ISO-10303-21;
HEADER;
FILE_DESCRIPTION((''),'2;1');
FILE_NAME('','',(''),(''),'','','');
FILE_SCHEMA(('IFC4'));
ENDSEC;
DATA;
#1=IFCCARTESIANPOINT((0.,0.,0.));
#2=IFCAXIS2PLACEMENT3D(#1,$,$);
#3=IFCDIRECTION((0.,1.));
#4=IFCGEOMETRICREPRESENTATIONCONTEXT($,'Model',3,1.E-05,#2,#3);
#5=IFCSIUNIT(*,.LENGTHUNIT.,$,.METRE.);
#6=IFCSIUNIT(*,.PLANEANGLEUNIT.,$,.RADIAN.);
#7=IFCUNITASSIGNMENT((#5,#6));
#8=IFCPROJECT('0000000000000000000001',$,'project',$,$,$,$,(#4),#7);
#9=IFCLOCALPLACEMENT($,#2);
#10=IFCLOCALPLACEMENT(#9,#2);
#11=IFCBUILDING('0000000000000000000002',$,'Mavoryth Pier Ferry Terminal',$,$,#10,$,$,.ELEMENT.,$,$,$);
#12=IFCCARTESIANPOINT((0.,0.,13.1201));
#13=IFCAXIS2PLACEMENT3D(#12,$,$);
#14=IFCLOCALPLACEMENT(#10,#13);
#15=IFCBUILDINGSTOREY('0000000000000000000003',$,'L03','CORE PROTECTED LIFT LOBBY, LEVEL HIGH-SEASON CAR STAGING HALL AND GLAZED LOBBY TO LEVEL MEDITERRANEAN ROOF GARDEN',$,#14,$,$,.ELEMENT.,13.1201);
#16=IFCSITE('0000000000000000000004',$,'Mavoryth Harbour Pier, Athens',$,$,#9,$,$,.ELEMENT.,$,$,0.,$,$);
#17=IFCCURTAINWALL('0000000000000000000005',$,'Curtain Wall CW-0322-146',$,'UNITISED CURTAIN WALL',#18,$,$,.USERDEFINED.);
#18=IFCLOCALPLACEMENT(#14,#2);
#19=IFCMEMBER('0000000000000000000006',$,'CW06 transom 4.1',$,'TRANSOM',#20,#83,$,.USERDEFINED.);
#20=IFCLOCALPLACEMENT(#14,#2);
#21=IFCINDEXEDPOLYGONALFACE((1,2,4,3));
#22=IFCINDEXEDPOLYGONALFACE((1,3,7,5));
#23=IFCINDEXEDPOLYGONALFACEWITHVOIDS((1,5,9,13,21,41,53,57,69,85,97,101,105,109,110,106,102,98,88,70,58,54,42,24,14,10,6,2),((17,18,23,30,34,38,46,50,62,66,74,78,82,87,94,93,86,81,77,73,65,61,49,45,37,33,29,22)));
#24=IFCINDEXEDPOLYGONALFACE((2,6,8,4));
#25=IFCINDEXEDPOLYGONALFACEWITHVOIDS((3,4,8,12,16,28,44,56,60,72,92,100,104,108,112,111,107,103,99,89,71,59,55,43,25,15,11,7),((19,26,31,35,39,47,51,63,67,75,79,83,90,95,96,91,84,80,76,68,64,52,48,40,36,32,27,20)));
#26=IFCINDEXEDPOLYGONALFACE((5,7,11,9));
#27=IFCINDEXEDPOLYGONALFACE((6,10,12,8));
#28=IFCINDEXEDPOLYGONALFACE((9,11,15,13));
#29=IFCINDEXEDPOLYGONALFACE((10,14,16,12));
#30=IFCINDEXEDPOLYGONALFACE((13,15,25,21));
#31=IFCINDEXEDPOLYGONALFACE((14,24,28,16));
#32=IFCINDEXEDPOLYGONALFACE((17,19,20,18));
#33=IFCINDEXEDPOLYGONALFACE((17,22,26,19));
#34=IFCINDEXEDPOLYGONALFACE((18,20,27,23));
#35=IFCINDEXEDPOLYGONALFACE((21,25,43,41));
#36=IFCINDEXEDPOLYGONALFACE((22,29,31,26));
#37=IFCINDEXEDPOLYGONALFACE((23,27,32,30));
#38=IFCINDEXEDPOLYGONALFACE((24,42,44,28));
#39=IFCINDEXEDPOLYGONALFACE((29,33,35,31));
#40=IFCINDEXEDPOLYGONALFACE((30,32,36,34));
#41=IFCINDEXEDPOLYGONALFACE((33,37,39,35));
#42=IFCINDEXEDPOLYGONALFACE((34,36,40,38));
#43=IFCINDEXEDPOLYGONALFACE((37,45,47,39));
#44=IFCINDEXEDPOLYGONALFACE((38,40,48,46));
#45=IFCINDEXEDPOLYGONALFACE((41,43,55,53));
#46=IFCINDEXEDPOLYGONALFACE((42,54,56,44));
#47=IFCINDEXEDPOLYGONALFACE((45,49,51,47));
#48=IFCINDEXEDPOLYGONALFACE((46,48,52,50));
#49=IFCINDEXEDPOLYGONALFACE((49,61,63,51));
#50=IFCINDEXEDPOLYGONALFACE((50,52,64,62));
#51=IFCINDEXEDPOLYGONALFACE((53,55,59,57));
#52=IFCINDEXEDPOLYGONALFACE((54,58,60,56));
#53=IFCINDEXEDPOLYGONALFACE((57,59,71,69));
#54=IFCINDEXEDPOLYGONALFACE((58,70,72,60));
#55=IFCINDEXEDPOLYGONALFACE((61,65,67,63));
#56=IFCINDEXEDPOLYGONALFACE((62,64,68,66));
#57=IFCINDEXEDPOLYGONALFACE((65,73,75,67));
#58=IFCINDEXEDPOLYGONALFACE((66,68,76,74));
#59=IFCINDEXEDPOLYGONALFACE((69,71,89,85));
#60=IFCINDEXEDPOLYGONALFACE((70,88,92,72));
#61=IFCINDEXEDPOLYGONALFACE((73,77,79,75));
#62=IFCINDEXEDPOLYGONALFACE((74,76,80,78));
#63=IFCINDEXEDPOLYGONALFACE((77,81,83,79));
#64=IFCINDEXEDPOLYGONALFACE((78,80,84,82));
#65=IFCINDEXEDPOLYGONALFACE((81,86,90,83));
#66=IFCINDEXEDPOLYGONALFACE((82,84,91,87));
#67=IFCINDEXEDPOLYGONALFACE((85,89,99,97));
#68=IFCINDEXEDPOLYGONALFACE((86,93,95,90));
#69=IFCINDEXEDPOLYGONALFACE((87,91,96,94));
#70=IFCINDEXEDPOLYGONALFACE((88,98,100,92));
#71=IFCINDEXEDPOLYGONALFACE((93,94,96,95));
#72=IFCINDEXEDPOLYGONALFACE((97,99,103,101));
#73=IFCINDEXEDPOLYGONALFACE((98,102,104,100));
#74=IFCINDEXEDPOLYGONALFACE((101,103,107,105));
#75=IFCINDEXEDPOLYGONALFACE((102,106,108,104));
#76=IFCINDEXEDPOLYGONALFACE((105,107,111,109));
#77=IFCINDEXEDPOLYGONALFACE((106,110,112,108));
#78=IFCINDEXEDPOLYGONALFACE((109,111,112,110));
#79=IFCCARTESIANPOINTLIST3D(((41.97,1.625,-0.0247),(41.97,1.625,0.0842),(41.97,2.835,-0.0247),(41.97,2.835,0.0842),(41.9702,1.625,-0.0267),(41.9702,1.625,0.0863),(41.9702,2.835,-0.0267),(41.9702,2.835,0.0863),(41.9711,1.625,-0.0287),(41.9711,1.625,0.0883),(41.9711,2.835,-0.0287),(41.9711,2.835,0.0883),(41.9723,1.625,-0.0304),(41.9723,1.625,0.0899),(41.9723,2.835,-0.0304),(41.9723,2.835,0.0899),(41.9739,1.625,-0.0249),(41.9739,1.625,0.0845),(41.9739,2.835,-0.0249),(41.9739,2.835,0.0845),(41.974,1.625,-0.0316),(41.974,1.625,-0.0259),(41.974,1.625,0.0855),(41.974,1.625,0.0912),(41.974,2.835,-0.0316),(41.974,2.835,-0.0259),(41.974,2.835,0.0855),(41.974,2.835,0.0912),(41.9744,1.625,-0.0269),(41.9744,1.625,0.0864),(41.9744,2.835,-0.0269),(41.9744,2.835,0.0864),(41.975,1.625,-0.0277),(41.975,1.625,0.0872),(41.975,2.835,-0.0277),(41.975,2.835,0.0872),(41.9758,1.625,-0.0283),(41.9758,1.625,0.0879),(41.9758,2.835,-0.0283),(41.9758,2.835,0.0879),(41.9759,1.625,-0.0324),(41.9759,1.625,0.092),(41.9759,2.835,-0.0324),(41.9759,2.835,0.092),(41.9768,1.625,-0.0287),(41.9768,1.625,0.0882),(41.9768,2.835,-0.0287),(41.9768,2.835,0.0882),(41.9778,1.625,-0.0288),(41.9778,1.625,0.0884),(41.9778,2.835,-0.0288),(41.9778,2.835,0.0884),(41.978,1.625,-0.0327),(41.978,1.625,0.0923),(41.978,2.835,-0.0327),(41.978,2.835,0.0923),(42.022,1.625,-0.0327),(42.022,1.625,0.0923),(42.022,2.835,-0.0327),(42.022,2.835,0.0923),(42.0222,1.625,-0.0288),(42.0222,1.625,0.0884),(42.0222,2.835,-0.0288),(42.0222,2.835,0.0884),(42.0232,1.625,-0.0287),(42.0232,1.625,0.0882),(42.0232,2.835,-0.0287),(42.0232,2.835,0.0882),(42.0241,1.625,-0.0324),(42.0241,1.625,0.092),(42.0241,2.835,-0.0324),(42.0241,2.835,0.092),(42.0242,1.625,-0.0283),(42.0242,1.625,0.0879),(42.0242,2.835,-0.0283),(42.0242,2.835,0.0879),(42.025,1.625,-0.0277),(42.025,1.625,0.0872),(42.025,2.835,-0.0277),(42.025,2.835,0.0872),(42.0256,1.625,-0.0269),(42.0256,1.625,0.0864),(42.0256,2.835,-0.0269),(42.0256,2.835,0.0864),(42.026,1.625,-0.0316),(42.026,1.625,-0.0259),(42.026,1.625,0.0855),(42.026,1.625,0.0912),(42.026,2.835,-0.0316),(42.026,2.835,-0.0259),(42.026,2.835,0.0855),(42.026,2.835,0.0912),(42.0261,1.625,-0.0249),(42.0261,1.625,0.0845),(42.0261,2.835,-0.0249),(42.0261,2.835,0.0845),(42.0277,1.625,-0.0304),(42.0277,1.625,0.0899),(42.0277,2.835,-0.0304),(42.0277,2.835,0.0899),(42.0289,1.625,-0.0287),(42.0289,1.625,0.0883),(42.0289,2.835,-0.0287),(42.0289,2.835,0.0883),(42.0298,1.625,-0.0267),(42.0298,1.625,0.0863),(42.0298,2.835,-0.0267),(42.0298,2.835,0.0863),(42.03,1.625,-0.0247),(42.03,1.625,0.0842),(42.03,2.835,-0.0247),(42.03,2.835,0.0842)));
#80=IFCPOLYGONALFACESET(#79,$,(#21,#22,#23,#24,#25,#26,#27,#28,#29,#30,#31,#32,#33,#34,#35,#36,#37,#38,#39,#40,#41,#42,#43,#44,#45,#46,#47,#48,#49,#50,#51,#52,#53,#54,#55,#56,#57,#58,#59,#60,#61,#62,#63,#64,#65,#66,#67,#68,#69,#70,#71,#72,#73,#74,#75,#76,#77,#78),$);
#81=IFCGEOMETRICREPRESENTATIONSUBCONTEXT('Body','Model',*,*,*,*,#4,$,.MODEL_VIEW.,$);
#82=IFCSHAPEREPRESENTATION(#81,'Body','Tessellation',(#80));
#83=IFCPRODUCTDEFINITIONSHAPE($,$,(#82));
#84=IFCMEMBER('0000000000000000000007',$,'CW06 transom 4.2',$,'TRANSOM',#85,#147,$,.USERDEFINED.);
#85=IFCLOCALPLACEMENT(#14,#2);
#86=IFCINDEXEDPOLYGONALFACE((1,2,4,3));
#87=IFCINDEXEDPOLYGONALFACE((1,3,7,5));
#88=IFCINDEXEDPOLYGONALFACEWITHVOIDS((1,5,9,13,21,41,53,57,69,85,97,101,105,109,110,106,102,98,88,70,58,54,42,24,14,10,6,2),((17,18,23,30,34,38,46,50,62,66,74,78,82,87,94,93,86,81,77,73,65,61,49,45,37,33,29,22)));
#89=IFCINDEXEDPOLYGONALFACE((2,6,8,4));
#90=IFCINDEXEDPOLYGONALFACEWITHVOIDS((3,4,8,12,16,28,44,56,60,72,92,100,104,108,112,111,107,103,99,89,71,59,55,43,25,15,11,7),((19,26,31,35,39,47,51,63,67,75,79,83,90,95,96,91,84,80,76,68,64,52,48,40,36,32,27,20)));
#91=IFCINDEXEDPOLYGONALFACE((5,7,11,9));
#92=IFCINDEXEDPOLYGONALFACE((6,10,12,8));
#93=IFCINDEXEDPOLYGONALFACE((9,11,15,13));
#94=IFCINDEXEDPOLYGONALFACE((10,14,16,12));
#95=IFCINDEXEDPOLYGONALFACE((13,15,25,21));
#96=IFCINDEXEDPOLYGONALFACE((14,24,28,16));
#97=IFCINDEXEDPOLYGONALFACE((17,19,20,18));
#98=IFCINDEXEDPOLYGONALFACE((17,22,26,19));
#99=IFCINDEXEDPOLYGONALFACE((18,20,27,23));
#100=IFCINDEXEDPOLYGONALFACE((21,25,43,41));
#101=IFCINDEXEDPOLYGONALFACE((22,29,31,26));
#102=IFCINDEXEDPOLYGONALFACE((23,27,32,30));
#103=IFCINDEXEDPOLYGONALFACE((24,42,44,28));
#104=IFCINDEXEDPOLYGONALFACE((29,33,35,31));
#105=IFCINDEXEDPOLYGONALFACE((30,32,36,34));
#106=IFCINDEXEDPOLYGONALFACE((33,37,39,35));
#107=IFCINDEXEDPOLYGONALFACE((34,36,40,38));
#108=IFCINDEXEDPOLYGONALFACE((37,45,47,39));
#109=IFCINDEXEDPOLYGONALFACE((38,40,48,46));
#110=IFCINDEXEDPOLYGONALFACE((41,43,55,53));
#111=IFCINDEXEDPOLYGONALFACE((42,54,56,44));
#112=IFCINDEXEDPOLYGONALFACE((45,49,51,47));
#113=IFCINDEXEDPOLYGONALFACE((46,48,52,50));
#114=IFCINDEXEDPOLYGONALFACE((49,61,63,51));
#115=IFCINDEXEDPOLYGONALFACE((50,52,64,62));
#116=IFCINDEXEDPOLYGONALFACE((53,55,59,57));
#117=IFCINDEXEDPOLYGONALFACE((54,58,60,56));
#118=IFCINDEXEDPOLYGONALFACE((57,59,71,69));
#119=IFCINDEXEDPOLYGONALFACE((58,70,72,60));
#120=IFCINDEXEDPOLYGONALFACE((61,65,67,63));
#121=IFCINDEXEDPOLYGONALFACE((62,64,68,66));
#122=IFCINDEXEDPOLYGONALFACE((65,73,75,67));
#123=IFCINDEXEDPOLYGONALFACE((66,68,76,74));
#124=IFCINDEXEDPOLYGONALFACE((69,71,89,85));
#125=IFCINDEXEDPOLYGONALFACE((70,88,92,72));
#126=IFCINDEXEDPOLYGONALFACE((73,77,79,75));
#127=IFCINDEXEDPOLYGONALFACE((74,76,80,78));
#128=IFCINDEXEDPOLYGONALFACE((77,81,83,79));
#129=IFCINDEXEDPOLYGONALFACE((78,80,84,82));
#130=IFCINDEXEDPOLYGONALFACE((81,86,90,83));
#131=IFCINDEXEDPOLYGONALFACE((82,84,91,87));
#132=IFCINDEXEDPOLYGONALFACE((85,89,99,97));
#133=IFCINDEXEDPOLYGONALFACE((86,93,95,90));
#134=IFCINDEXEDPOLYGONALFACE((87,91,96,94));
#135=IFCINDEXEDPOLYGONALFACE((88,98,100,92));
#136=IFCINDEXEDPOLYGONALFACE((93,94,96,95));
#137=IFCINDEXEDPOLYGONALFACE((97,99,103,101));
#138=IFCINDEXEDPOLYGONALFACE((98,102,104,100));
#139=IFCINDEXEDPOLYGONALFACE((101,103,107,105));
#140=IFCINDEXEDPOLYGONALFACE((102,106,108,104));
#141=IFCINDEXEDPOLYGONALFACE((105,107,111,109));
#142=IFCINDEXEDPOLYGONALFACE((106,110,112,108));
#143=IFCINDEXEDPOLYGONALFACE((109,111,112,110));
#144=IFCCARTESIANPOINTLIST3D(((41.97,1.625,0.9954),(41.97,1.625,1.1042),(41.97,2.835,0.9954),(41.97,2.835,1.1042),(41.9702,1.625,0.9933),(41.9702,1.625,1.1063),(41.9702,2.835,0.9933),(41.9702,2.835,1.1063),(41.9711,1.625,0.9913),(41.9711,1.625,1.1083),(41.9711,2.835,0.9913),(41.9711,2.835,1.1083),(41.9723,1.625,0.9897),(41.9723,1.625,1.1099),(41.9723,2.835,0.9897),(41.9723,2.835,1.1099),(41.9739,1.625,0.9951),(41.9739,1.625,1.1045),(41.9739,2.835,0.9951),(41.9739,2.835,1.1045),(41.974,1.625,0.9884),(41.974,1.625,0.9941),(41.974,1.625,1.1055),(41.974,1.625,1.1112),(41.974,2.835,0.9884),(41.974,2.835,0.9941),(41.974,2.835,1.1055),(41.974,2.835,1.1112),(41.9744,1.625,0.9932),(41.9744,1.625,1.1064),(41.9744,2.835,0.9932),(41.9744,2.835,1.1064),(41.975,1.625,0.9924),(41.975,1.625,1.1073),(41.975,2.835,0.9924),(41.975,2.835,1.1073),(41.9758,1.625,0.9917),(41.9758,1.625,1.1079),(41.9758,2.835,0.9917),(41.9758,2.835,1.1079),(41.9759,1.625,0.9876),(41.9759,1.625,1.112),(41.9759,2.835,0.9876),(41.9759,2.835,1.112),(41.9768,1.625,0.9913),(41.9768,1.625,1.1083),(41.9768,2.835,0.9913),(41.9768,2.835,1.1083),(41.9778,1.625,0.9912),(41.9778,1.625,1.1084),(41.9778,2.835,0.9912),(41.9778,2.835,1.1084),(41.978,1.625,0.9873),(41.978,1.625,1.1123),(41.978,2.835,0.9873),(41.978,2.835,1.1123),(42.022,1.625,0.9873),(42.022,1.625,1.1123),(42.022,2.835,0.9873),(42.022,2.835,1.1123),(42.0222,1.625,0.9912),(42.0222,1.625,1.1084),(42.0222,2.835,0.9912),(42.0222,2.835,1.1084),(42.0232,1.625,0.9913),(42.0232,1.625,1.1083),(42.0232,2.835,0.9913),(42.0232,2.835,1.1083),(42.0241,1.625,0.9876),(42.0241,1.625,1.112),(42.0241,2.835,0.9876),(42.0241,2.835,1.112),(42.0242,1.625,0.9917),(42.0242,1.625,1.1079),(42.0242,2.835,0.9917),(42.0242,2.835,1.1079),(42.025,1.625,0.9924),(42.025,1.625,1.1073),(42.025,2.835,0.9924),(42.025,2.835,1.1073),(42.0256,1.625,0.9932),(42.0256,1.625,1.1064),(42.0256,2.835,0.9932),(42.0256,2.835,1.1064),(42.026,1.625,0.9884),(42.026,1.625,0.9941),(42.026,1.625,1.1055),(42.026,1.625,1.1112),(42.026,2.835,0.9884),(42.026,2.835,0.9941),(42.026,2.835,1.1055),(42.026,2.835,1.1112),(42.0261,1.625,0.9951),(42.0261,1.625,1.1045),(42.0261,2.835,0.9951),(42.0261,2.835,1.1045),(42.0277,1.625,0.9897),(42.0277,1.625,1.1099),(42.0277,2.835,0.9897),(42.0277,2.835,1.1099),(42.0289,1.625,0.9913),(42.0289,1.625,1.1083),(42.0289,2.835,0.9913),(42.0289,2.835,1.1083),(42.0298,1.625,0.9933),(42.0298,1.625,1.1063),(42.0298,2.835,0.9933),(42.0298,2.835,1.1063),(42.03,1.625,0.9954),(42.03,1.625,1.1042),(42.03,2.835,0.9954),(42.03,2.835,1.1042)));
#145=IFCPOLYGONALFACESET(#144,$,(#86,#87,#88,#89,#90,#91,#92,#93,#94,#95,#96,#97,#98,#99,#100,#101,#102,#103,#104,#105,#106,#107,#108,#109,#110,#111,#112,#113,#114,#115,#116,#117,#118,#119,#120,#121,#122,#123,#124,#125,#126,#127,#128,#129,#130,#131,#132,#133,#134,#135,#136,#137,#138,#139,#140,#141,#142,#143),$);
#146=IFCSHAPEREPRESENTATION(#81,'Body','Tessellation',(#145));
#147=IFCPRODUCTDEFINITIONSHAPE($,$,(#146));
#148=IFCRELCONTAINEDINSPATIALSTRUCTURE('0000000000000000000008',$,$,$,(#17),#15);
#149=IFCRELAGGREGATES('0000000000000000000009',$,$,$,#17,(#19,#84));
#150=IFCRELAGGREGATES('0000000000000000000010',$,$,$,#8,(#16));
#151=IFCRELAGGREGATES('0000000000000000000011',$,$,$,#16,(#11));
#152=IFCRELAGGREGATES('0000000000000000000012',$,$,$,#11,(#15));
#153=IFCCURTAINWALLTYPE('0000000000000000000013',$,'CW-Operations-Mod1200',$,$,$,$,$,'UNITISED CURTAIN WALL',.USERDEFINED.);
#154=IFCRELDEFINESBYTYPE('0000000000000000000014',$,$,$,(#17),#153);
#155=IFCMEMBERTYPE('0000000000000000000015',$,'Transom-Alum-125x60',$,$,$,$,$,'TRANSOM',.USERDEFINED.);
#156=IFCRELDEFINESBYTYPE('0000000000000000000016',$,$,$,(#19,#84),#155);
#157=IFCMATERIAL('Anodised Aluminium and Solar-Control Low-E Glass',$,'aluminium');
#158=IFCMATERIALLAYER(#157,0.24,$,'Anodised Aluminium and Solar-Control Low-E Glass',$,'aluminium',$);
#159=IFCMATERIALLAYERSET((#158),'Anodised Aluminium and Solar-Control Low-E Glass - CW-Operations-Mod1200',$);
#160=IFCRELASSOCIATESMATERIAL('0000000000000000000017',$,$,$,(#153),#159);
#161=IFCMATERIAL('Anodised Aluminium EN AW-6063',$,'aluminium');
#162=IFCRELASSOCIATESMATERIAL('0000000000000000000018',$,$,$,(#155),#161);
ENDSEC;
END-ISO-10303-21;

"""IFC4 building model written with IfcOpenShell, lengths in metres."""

from ifc_helpers import new_model, si_unit, direction, frame, origin, origin_2d, place, context, subcontext, project, spatial, hollow_rectangle, extrude, material, layer, layer_set, material_profile, profile_set, type_object, element, aggregate, save


model = new_model("IFC4")

# Units and contexts
model_context = context("Model", 3, precision=1e-05, world=origin(), true_north=direction((0.0, 1.0)))
body_context = subcontext(model_context, "Body", "Model", "MODEL_VIEW")
ifc_project = project(units=[si_unit("LENGTHUNIT", "METRE"), si_unit("PLANEANGLEUNIT", "RADIAN")], contexts=[model_context])

# Site, building, storey
site_placement = place(None, origin())
site = spatial("IfcSite", under=ifc_project, at=site_placement, Name="Mavoryth Harbour Pier, Athens", CompositionType="ELEMENT", RefElevation=0.0)
building_placement = place(site_placement, origin())
building = spatial("IfcBuilding", under=site, at=building_placement, Name="Mavoryth Pier Ferry Terminal", CompositionType="ELEMENT")
storey_placement = place(building_placement, frame((0.0, 0.0, 13.1201)))
storey = spatial("IfcBuildingStorey", under=building, at=storey_placement, Name="L03", Description="CORE PROTECTED LIFT LOBBY, LEVEL HIGH-SEASON CAR STAGING HALL AND GLAZED LOBBY TO LEVEL MEDITERRANEAN ROOF GARDEN", CompositionType="ELEMENT", Elevation=13.1201)

# Shared definitions
ifc_material_1 = material(Name="Anodised Aluminium and Solar-Control Low-E Glass", Category="aluminium")
ifc_layer_1 = layer(ifc_material_1, 0.24, Name="Anodised Aluminium and Solar-Control Low-E Glass", Category="aluminium")
ifc_layer_set_1 = layer_set([ifc_layer_1], Name="Anodised Aluminium and Solar-Control Low-E Glass - CW-Operations-Mod1200")
curtain_wall_type = type_object("IfcCurtainWallType", Name="CW-Operations-Mod1200", ElementType="UNITISED CURTAIN WALL", PredefinedType="USERDEFINED", material=ifc_layer_set_1)
ifc_material_2 = material(Name="Anodised Aluminium EN AW-6063", Category="aluminium")

# Curtain wall, members
curtain_wall_1_placement = place(storey_placement, origin())
curtain_wall_1 = element("IfcCurtainWall", 1, at=curtain_wall_1_placement, inside=storey, type_object=curtain_wall_type, Name="Curtain Wall CW-0322-146", ObjectType="UNITISED CURTAIN WALL", PredefinedType="USERDEFINED")
ifc_material_profile_1 = material_profile(ifc_material_2, hollow_rectangle(XDim=0.0601, YDim=0.125, WallThickness=0.0039, InnerFilletRadius=0.0039, OuterFilletRadius=0.0081, at=origin_2d()), Name="AL-TRAN 125x60x4", Category="aluminium")
ifc_profile_set_1 = profile_set([ifc_material_profile_1], Name="Anodised Aluminium EN AW-6063 - AL-TRAN 125x60x4")
member_type_1 = type_object("IfcMemberType", Name="Transom-Alum-125x60", ElementType="TRANSOM", PredefinedType="USERDEFINED", material=ifc_profile_set_1)
member_1_placement = place(storey_placement, frame((42.0, 2.835, 0.0298), z_axis=(0.0, -1.0, 0.0), x_axis=(1.0, 0.0, 0.0)))
member_1 = element("IfcMember", 2, at=member_1_placement, type_object=member_type_1, Name="CW06 transom 4.1", ObjectType="TRANSOM", PredefinedType="USERDEFINED", context=body_context, shape_type="SweptSolid", body=[
    extrude(hollow_rectangle(XDim=0.0601, YDim=0.125, WallThickness=0.0039, InnerFilletRadius=0.0039, OuterFilletRadius=0.0081, at=origin_2d()), origin(), (0.0, 0.0, 1.0), 1.21),
])
member_2_placement = place(storey_placement, frame((42.0, 2.835, 1.0498), z_axis=(0.0, -1.0, 0.0), x_axis=(1.0, 0.0, 0.0)))
member_2 = element("IfcMember", 3, at=member_2_placement, type_object=member_type_1, Name="CW06 transom 4.2", ObjectType="TRANSOM", PredefinedType="USERDEFINED", context=body_context, shape_type="SweptSolid", body=[
    extrude(hollow_rectangle(XDim=0.0601, YDim=0.125, WallThickness=0.0039, InnerFilletRadius=0.0039, OuterFilletRadius=0.0081, at=origin_2d()), origin(), (0.0, 0.0, 1.0), 1.21),
])
aggregate(curtain_wall_1, [member_1, member_2])

save(model, "model.ifc")
